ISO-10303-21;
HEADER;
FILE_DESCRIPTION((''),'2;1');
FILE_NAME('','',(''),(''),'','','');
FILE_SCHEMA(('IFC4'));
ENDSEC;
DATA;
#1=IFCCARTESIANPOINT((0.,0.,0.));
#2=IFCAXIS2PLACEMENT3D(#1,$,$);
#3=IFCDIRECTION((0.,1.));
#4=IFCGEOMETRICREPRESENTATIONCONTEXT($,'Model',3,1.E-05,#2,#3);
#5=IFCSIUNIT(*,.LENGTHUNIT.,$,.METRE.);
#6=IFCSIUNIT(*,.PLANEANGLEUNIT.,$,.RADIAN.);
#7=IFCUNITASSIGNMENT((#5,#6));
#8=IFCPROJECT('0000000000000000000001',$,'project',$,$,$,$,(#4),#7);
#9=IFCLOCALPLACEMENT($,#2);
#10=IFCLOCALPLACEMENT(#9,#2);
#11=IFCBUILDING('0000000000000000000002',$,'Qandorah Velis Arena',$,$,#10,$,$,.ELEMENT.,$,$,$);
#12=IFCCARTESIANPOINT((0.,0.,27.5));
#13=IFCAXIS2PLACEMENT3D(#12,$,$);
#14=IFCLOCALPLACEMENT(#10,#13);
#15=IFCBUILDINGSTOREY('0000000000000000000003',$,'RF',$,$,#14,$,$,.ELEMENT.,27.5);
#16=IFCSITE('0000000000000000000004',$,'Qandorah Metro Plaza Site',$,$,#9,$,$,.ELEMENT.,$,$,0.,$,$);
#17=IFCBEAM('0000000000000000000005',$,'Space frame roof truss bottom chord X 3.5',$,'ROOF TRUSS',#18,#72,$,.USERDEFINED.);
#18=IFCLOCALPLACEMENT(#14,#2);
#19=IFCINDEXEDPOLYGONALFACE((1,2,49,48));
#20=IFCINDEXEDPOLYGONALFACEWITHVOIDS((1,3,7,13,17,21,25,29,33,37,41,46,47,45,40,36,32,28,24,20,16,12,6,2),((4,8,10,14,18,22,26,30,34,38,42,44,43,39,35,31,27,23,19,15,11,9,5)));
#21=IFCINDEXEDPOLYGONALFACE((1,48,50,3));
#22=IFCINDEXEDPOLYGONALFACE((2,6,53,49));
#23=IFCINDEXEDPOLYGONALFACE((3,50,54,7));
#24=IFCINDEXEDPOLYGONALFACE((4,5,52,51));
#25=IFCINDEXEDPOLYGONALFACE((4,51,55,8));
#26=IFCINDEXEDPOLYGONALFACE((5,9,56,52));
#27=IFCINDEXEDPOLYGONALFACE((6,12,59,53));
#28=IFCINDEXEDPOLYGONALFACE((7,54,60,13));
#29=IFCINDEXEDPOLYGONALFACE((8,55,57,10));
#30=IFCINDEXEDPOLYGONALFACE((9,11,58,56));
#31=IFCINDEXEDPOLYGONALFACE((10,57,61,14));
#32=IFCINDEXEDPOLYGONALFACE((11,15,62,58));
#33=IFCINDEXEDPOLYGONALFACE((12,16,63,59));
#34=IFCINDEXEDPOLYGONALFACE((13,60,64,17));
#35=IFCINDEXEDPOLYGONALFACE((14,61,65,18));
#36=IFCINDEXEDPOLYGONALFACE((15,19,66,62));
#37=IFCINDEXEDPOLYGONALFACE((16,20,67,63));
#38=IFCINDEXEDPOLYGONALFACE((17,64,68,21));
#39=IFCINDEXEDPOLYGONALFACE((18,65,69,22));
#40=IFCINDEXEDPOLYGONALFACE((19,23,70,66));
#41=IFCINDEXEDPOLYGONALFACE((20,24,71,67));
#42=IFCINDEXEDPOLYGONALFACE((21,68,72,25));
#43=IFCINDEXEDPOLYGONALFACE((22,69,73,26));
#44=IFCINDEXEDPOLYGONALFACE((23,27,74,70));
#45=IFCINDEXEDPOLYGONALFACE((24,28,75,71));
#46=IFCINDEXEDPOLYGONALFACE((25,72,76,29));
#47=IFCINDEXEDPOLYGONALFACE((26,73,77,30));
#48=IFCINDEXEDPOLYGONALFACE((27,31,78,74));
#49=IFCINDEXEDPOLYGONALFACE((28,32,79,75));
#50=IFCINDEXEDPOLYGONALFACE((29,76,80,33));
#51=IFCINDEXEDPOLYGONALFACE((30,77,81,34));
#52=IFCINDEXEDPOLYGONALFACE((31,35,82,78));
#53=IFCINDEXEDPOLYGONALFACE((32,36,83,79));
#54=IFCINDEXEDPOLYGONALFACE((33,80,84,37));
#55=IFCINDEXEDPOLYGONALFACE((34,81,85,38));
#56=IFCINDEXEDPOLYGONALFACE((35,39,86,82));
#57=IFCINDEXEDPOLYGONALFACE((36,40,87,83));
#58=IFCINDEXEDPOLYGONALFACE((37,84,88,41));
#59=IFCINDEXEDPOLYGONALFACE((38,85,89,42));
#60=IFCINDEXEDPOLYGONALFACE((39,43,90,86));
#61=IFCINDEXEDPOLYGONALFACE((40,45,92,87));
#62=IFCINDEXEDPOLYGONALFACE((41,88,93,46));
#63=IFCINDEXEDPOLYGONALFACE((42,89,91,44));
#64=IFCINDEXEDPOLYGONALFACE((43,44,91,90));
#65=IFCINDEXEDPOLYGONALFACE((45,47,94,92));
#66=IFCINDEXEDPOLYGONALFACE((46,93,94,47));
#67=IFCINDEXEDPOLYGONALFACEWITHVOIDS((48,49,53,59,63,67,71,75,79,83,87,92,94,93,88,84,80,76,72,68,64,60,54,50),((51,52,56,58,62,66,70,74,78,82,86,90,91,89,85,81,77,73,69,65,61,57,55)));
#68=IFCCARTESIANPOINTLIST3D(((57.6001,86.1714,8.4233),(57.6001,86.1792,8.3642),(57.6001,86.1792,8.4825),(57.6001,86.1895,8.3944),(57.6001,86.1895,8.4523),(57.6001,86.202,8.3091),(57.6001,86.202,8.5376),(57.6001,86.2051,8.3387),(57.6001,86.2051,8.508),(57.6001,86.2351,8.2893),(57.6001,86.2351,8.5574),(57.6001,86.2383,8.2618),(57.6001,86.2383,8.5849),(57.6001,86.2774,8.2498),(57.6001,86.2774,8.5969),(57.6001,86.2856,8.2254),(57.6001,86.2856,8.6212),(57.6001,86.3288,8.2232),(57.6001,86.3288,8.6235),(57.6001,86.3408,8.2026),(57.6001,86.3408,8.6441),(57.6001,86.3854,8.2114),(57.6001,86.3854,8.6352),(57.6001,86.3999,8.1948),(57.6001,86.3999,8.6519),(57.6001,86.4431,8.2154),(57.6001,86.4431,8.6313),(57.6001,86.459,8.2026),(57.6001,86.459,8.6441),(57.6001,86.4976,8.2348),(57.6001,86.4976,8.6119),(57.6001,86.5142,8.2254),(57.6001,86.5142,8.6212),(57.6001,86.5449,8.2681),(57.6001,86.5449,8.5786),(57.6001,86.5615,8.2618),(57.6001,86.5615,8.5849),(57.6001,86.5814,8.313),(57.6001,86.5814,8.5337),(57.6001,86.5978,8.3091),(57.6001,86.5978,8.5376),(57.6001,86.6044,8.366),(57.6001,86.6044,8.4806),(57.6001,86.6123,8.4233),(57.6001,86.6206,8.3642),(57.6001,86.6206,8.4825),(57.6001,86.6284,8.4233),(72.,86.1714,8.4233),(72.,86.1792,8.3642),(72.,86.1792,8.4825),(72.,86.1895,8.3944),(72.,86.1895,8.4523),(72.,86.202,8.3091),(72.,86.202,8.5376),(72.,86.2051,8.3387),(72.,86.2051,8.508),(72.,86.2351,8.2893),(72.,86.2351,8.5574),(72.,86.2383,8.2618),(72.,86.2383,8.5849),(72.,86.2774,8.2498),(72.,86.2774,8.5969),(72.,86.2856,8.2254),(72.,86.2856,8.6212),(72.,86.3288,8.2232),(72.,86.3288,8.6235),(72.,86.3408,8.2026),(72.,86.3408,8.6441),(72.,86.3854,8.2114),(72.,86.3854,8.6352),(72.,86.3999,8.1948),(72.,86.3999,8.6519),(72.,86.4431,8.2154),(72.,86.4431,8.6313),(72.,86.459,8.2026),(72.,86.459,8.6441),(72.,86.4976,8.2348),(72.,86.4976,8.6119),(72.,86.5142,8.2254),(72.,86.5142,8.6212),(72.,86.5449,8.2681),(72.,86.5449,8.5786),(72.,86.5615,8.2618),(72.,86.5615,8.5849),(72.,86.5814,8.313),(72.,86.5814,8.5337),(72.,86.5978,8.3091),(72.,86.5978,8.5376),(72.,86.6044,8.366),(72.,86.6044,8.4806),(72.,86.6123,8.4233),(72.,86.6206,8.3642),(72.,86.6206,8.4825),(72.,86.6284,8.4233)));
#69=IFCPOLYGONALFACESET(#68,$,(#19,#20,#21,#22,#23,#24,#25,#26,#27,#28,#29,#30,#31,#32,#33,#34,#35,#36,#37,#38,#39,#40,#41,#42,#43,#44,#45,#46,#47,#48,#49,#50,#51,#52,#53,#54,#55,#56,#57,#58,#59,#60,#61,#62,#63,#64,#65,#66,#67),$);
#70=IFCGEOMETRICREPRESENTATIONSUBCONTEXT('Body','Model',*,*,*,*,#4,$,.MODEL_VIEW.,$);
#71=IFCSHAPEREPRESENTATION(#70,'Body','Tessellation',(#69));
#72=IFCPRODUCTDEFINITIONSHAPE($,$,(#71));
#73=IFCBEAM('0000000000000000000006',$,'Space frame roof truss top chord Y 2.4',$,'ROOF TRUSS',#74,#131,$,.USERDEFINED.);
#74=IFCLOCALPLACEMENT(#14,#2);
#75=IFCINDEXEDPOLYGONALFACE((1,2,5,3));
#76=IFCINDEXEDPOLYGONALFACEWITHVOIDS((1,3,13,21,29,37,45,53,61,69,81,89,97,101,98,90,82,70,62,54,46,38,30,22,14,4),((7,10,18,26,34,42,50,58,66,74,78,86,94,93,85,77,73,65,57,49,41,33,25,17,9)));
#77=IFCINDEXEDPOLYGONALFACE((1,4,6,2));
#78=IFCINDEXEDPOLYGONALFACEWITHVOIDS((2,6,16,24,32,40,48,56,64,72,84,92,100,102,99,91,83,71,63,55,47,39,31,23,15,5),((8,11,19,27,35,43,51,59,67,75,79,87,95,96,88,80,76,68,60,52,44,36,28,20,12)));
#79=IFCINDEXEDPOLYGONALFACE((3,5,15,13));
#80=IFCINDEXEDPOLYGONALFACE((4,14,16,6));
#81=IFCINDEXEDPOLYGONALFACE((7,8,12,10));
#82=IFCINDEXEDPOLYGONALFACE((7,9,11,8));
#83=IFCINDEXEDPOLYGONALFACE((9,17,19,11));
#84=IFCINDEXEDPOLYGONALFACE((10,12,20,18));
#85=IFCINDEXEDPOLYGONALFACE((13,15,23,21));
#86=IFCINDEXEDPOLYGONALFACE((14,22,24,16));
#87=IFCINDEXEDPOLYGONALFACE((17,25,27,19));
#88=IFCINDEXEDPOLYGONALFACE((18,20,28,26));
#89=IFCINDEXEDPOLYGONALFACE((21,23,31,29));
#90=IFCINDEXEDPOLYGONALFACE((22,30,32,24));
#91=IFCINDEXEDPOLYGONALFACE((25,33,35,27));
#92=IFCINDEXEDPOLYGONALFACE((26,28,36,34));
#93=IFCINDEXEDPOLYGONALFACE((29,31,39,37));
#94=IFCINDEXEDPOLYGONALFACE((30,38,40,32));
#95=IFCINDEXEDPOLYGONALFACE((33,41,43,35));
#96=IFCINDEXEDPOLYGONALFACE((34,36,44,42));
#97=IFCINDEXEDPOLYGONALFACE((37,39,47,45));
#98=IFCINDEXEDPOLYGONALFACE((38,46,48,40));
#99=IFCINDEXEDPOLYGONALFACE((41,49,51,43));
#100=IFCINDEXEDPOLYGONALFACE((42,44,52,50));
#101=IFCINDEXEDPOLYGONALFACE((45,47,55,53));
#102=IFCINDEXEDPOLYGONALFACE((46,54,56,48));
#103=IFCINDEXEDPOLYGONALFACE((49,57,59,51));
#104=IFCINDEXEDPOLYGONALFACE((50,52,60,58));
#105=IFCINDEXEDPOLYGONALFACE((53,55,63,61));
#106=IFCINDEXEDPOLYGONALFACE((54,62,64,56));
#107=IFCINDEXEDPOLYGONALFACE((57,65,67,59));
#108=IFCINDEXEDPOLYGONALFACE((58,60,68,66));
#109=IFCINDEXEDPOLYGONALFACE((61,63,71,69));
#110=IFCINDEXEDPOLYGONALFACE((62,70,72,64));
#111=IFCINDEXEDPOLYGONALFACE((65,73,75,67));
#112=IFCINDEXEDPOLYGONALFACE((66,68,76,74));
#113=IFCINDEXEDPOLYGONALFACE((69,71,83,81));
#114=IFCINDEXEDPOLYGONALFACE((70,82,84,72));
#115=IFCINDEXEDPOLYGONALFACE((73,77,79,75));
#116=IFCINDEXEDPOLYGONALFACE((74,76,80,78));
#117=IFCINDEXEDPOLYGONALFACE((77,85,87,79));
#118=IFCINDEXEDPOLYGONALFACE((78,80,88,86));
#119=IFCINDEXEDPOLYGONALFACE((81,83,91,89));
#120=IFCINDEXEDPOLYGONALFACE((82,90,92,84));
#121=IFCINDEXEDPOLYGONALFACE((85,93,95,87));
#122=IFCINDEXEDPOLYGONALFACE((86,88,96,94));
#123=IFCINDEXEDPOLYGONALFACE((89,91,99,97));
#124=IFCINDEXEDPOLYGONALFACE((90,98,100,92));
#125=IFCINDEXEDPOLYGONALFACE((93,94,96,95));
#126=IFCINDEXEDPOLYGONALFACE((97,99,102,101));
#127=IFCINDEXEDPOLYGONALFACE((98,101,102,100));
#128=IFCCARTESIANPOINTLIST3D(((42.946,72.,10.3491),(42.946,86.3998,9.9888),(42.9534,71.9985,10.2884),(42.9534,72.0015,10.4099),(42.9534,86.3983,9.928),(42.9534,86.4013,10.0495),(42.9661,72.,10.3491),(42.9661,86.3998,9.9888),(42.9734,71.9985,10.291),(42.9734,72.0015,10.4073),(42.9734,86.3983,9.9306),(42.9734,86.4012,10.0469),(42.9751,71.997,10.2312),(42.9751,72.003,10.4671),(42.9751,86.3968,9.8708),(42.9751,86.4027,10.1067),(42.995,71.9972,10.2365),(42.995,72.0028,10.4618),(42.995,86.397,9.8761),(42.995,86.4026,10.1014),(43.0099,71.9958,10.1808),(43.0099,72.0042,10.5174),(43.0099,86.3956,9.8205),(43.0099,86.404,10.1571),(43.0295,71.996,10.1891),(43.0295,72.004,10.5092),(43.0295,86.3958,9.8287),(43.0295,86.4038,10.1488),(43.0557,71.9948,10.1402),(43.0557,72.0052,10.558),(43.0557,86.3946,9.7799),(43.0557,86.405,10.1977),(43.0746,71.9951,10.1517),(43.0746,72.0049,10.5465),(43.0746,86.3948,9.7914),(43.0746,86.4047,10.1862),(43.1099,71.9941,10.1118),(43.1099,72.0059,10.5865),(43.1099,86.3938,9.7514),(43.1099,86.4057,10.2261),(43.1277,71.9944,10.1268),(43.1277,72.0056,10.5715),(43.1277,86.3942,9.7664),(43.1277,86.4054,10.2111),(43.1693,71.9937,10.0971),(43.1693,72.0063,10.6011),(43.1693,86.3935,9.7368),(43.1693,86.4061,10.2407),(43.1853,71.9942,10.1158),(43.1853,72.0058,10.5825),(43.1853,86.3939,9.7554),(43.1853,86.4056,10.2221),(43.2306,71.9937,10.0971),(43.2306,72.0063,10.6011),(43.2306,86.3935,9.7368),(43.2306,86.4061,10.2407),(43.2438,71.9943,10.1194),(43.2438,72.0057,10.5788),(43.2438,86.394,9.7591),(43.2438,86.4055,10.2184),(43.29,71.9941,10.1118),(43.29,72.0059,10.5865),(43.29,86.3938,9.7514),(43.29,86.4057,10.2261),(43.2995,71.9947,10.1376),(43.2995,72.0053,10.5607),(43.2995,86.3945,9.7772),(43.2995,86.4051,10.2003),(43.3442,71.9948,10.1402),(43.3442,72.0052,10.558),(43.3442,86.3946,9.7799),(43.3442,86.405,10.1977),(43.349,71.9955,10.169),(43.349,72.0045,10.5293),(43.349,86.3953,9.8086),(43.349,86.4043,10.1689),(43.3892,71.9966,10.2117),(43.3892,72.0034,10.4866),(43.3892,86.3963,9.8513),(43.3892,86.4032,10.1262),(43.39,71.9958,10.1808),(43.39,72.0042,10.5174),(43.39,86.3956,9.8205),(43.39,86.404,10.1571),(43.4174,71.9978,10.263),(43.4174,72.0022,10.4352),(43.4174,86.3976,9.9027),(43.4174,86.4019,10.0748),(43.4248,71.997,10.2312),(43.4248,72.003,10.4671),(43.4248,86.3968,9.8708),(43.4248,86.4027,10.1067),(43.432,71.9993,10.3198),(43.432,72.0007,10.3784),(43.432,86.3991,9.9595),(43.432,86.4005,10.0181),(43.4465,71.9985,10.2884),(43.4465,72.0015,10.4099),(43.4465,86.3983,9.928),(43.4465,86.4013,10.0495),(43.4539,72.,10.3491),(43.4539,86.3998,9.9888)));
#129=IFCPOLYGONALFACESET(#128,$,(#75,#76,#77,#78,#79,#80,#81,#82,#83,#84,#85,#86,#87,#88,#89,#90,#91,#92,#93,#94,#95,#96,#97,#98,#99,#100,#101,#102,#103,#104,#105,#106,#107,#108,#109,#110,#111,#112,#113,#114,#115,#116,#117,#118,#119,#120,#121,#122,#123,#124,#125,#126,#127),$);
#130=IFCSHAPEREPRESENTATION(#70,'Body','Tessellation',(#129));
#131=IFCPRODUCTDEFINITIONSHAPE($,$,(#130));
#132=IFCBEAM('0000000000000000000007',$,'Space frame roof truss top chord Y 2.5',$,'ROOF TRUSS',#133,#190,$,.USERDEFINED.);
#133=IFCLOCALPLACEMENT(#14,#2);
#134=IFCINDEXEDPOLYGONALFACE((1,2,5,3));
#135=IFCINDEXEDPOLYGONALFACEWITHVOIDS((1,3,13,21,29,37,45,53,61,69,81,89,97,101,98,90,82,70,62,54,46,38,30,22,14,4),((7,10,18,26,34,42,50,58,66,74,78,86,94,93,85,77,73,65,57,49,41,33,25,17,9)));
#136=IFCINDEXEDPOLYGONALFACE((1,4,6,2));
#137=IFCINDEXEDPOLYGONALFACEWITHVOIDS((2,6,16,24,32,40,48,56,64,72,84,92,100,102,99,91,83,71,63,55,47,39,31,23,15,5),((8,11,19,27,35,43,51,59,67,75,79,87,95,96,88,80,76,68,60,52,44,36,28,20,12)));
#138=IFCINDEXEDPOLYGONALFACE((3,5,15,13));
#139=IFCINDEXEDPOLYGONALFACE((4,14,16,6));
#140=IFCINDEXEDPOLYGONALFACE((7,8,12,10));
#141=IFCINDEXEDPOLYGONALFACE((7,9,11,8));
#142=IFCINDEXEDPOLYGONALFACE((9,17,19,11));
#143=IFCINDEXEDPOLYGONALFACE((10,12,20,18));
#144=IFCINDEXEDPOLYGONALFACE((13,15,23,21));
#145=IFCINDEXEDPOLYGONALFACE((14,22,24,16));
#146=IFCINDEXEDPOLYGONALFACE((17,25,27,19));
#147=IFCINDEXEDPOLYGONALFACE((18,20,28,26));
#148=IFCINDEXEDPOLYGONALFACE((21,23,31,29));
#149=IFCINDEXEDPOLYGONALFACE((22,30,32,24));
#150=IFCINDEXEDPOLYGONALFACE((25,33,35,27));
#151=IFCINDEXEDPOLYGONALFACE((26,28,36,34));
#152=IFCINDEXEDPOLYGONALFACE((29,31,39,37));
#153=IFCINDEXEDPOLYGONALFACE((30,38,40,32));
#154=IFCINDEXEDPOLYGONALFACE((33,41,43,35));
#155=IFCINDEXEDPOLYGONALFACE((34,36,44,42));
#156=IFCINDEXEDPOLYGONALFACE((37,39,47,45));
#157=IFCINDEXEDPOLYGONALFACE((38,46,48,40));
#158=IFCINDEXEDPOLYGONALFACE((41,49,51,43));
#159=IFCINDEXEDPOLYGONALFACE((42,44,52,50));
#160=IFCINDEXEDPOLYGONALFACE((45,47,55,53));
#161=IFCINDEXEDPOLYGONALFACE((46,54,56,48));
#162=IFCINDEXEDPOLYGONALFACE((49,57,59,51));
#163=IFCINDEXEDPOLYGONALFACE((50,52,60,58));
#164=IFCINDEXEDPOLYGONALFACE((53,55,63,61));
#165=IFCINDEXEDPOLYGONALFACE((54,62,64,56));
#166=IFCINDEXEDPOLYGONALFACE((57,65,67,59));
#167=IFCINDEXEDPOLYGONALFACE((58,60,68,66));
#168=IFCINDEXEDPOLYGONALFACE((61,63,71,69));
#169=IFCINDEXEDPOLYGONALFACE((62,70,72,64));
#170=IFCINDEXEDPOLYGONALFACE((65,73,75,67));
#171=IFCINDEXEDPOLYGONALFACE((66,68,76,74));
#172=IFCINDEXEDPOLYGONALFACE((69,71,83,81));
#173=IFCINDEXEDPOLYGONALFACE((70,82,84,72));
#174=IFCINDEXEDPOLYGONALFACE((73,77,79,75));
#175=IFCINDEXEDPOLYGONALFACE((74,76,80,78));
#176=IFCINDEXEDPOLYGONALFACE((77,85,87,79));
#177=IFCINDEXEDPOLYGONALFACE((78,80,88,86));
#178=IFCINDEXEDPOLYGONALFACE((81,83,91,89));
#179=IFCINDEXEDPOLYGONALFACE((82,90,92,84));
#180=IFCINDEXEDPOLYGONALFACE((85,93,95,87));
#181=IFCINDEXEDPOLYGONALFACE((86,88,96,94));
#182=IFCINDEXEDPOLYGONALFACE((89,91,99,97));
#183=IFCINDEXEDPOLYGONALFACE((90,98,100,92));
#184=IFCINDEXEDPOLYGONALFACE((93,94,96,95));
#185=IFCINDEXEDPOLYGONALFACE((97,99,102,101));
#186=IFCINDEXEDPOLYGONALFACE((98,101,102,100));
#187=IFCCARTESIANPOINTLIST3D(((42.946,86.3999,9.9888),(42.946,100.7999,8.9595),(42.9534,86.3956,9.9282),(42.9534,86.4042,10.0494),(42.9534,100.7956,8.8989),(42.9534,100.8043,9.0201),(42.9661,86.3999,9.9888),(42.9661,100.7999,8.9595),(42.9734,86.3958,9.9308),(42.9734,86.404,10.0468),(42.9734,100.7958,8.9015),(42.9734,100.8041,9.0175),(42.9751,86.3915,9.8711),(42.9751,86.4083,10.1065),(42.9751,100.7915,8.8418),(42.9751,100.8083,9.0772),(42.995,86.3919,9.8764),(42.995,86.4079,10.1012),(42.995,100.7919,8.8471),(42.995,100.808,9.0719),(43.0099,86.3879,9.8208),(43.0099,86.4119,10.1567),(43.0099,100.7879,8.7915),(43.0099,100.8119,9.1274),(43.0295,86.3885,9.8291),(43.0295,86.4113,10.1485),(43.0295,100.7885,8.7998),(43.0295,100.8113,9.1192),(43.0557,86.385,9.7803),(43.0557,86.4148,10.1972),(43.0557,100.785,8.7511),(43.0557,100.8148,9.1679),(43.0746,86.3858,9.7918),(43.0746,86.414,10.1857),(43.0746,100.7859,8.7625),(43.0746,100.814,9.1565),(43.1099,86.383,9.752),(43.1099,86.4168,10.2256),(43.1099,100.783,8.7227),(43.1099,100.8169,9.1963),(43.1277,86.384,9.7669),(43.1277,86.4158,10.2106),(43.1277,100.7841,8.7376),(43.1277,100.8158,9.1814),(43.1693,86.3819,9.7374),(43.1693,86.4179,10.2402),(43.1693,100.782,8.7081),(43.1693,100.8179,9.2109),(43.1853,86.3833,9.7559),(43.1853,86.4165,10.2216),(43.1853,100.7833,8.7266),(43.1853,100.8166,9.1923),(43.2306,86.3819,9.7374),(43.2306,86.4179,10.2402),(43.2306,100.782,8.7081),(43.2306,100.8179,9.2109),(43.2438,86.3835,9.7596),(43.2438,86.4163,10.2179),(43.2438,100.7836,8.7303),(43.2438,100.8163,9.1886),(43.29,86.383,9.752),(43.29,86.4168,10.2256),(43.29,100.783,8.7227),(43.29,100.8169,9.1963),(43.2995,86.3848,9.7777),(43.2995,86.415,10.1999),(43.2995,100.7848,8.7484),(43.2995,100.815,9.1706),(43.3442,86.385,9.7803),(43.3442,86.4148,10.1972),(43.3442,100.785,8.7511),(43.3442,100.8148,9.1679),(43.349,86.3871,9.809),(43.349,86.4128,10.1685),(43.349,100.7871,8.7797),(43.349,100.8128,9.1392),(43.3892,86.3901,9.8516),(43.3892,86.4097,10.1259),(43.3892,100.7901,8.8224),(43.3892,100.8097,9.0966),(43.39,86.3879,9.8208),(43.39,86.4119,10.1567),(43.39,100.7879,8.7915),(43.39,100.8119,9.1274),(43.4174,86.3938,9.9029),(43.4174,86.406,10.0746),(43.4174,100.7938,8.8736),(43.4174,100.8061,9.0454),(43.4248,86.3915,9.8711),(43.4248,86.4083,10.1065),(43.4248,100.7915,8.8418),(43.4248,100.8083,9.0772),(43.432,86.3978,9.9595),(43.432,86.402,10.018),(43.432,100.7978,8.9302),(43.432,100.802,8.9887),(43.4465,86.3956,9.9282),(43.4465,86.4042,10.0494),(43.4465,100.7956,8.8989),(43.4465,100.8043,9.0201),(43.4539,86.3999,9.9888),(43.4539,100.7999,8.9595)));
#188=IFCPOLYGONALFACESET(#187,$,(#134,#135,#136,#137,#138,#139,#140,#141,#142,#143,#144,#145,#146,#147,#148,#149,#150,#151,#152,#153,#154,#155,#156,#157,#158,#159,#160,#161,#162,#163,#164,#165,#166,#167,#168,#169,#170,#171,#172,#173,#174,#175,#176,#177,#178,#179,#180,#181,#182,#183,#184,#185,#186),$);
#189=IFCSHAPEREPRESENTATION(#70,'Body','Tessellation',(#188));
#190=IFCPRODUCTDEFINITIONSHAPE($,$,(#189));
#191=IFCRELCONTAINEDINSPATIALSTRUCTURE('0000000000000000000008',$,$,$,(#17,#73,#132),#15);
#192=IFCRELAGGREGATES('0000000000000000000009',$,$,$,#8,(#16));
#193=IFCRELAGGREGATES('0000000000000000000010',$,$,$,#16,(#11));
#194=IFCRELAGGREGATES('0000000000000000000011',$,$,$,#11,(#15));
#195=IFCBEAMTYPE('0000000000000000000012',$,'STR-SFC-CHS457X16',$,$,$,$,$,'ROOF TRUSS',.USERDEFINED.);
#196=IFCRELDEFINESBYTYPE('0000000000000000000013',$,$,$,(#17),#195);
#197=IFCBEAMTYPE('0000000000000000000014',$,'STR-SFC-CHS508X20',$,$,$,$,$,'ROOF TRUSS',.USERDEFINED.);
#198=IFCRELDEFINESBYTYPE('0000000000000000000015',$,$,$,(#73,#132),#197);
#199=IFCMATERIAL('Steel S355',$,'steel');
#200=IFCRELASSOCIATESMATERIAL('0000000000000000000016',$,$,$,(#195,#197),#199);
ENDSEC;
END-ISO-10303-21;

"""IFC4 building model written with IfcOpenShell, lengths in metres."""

from ifc_helpers import new_model, si_unit, direction, frame, origin, origin_2d, place, context, subcontext, project, spatial, hollow_circle, extrude, material, material_profile, profile_set, type_object, element, save


model = new_model("IFC4")

# Units and contexts
model_context = context("Model", 3, precision=1e-05, world=origin(), true_north=direction((0.0, 1.0)))
body_context = subcontext(model_context, "Body", "Model", "MODEL_VIEW")
ifc_project = project(units=[si_unit("LENGTHUNIT", "METRE"), si_unit("PLANEANGLEUNIT", "RADIAN")], contexts=[model_context])

# Site, building, storey
site_placement = place(None, origin())
site = spatial("IfcSite", under=ifc_project, at=site_placement, Name="Qandorah Metro Plaza Site", CompositionType="ELEMENT", RefElevation=0.0)
building_placement = place(site_placement, origin())
building = spatial("IfcBuilding", under=site, at=building_placement, Name="Qandorah Velis Arena", CompositionType="ELEMENT")
storey_placement = place(building_placement, frame((0.0, 0.0, 27.5)))
storey = spatial("IfcBuildingStorey", under=building, at=storey_placement, Name="RF", CompositionType="ELEMENT", Elevation=27.5)

# Shared definitions
ifc_material_1 = material(Name="Steel S355", Category="steel")

# Beams
ifc_material_profile_1 = material_profile(ifc_material_1, hollow_circle(Radius=0.2285, WallThickness=0.0161, at=origin_2d()), Name="CHS 457x16")
ifc_profile_set_1 = profile_set([ifc_material_profile_1], Name="Steel S355")
beam_type_1 = type_object("IfcBeamType", Name="STR-SFC-CHS457X16", ElementType="ROOF TRUSS", PredefinedType="USERDEFINED", material=ifc_profile_set_1)
beam_1_placement = place(storey_placement, frame((57.6001, 86.3999, 8.4233), z_axis=(1.0, 0.0, 0.0), x_axis=(0.0, 1.0, 0.0)))
element("IfcBeam", 1, at=beam_1_placement, inside=storey, type_object=beam_type_1, Name="Space frame roof truss bottom chord X 3.5", ObjectType="ROOF TRUSS", PredefinedType="USERDEFINED", context=body_context, shape_type="SweptSolid", body=[
    extrude(hollow_circle(Radius=0.2285, WallThickness=0.0161, at=origin_2d()), origin(), (0.0, 0.0, 1.0), 14.3999),
])
ifc_material_profile_2 = material_profile(ifc_material_1, hollow_circle(Radius=0.2539, WallThickness=0.02, at=origin_2d()), Name="CHS 508x20")
ifc_profile_set_2 = profile_set([ifc_material_profile_2], Name="Steel S355")
beam_type_2 = type_object("IfcBeamType", Name="STR-SFC-CHS508X20", ElementType="ROOF TRUSS", PredefinedType="USERDEFINED", material=ifc_profile_set_2)
beam_2_placement = place(storey_placement, frame((43.2, 72.0, 10.3491), z_axis=(0.0, 0.999687, -0.025017), x_axis=(-1.0, 0.0, 0.0)))
element("IfcBeam", 2, at=beam_2_placement, inside=storey, type_object=beam_type_2, Name="Space frame roof truss top chord Y 2.4", ObjectType="ROOF TRUSS", PredefinedType="USERDEFINED", context=body_context, shape_type="SweptSolid", body=[
    extrude(hollow_circle(Radius=0.2539, WallThickness=0.02, at=origin_2d()), origin(), (0.0, 0.0, 1.0), 14.4043),
])
beam_3_placement = place(storey_placement, frame((43.2, 86.3999, 9.9888), z_axis=(0.0, 0.997455, -0.071296), x_axis=(-1.0, 0.0, 0.0)))
element("IfcBeam", 3, at=beam_3_placement, inside=storey, type_object=beam_type_2, Name="Space frame roof truss top chord Y 2.5", ObjectType="ROOF TRUSS", PredefinedType="USERDEFINED", context=body_context, shape_type="SweptSolid", body=[
    extrude(hollow_circle(Radius=0.2539, WallThickness=0.02, at=origin_2d()), origin(), (0.0, 0.0, 1.0), 14.4368),
])

save(model, "model.ifc")
